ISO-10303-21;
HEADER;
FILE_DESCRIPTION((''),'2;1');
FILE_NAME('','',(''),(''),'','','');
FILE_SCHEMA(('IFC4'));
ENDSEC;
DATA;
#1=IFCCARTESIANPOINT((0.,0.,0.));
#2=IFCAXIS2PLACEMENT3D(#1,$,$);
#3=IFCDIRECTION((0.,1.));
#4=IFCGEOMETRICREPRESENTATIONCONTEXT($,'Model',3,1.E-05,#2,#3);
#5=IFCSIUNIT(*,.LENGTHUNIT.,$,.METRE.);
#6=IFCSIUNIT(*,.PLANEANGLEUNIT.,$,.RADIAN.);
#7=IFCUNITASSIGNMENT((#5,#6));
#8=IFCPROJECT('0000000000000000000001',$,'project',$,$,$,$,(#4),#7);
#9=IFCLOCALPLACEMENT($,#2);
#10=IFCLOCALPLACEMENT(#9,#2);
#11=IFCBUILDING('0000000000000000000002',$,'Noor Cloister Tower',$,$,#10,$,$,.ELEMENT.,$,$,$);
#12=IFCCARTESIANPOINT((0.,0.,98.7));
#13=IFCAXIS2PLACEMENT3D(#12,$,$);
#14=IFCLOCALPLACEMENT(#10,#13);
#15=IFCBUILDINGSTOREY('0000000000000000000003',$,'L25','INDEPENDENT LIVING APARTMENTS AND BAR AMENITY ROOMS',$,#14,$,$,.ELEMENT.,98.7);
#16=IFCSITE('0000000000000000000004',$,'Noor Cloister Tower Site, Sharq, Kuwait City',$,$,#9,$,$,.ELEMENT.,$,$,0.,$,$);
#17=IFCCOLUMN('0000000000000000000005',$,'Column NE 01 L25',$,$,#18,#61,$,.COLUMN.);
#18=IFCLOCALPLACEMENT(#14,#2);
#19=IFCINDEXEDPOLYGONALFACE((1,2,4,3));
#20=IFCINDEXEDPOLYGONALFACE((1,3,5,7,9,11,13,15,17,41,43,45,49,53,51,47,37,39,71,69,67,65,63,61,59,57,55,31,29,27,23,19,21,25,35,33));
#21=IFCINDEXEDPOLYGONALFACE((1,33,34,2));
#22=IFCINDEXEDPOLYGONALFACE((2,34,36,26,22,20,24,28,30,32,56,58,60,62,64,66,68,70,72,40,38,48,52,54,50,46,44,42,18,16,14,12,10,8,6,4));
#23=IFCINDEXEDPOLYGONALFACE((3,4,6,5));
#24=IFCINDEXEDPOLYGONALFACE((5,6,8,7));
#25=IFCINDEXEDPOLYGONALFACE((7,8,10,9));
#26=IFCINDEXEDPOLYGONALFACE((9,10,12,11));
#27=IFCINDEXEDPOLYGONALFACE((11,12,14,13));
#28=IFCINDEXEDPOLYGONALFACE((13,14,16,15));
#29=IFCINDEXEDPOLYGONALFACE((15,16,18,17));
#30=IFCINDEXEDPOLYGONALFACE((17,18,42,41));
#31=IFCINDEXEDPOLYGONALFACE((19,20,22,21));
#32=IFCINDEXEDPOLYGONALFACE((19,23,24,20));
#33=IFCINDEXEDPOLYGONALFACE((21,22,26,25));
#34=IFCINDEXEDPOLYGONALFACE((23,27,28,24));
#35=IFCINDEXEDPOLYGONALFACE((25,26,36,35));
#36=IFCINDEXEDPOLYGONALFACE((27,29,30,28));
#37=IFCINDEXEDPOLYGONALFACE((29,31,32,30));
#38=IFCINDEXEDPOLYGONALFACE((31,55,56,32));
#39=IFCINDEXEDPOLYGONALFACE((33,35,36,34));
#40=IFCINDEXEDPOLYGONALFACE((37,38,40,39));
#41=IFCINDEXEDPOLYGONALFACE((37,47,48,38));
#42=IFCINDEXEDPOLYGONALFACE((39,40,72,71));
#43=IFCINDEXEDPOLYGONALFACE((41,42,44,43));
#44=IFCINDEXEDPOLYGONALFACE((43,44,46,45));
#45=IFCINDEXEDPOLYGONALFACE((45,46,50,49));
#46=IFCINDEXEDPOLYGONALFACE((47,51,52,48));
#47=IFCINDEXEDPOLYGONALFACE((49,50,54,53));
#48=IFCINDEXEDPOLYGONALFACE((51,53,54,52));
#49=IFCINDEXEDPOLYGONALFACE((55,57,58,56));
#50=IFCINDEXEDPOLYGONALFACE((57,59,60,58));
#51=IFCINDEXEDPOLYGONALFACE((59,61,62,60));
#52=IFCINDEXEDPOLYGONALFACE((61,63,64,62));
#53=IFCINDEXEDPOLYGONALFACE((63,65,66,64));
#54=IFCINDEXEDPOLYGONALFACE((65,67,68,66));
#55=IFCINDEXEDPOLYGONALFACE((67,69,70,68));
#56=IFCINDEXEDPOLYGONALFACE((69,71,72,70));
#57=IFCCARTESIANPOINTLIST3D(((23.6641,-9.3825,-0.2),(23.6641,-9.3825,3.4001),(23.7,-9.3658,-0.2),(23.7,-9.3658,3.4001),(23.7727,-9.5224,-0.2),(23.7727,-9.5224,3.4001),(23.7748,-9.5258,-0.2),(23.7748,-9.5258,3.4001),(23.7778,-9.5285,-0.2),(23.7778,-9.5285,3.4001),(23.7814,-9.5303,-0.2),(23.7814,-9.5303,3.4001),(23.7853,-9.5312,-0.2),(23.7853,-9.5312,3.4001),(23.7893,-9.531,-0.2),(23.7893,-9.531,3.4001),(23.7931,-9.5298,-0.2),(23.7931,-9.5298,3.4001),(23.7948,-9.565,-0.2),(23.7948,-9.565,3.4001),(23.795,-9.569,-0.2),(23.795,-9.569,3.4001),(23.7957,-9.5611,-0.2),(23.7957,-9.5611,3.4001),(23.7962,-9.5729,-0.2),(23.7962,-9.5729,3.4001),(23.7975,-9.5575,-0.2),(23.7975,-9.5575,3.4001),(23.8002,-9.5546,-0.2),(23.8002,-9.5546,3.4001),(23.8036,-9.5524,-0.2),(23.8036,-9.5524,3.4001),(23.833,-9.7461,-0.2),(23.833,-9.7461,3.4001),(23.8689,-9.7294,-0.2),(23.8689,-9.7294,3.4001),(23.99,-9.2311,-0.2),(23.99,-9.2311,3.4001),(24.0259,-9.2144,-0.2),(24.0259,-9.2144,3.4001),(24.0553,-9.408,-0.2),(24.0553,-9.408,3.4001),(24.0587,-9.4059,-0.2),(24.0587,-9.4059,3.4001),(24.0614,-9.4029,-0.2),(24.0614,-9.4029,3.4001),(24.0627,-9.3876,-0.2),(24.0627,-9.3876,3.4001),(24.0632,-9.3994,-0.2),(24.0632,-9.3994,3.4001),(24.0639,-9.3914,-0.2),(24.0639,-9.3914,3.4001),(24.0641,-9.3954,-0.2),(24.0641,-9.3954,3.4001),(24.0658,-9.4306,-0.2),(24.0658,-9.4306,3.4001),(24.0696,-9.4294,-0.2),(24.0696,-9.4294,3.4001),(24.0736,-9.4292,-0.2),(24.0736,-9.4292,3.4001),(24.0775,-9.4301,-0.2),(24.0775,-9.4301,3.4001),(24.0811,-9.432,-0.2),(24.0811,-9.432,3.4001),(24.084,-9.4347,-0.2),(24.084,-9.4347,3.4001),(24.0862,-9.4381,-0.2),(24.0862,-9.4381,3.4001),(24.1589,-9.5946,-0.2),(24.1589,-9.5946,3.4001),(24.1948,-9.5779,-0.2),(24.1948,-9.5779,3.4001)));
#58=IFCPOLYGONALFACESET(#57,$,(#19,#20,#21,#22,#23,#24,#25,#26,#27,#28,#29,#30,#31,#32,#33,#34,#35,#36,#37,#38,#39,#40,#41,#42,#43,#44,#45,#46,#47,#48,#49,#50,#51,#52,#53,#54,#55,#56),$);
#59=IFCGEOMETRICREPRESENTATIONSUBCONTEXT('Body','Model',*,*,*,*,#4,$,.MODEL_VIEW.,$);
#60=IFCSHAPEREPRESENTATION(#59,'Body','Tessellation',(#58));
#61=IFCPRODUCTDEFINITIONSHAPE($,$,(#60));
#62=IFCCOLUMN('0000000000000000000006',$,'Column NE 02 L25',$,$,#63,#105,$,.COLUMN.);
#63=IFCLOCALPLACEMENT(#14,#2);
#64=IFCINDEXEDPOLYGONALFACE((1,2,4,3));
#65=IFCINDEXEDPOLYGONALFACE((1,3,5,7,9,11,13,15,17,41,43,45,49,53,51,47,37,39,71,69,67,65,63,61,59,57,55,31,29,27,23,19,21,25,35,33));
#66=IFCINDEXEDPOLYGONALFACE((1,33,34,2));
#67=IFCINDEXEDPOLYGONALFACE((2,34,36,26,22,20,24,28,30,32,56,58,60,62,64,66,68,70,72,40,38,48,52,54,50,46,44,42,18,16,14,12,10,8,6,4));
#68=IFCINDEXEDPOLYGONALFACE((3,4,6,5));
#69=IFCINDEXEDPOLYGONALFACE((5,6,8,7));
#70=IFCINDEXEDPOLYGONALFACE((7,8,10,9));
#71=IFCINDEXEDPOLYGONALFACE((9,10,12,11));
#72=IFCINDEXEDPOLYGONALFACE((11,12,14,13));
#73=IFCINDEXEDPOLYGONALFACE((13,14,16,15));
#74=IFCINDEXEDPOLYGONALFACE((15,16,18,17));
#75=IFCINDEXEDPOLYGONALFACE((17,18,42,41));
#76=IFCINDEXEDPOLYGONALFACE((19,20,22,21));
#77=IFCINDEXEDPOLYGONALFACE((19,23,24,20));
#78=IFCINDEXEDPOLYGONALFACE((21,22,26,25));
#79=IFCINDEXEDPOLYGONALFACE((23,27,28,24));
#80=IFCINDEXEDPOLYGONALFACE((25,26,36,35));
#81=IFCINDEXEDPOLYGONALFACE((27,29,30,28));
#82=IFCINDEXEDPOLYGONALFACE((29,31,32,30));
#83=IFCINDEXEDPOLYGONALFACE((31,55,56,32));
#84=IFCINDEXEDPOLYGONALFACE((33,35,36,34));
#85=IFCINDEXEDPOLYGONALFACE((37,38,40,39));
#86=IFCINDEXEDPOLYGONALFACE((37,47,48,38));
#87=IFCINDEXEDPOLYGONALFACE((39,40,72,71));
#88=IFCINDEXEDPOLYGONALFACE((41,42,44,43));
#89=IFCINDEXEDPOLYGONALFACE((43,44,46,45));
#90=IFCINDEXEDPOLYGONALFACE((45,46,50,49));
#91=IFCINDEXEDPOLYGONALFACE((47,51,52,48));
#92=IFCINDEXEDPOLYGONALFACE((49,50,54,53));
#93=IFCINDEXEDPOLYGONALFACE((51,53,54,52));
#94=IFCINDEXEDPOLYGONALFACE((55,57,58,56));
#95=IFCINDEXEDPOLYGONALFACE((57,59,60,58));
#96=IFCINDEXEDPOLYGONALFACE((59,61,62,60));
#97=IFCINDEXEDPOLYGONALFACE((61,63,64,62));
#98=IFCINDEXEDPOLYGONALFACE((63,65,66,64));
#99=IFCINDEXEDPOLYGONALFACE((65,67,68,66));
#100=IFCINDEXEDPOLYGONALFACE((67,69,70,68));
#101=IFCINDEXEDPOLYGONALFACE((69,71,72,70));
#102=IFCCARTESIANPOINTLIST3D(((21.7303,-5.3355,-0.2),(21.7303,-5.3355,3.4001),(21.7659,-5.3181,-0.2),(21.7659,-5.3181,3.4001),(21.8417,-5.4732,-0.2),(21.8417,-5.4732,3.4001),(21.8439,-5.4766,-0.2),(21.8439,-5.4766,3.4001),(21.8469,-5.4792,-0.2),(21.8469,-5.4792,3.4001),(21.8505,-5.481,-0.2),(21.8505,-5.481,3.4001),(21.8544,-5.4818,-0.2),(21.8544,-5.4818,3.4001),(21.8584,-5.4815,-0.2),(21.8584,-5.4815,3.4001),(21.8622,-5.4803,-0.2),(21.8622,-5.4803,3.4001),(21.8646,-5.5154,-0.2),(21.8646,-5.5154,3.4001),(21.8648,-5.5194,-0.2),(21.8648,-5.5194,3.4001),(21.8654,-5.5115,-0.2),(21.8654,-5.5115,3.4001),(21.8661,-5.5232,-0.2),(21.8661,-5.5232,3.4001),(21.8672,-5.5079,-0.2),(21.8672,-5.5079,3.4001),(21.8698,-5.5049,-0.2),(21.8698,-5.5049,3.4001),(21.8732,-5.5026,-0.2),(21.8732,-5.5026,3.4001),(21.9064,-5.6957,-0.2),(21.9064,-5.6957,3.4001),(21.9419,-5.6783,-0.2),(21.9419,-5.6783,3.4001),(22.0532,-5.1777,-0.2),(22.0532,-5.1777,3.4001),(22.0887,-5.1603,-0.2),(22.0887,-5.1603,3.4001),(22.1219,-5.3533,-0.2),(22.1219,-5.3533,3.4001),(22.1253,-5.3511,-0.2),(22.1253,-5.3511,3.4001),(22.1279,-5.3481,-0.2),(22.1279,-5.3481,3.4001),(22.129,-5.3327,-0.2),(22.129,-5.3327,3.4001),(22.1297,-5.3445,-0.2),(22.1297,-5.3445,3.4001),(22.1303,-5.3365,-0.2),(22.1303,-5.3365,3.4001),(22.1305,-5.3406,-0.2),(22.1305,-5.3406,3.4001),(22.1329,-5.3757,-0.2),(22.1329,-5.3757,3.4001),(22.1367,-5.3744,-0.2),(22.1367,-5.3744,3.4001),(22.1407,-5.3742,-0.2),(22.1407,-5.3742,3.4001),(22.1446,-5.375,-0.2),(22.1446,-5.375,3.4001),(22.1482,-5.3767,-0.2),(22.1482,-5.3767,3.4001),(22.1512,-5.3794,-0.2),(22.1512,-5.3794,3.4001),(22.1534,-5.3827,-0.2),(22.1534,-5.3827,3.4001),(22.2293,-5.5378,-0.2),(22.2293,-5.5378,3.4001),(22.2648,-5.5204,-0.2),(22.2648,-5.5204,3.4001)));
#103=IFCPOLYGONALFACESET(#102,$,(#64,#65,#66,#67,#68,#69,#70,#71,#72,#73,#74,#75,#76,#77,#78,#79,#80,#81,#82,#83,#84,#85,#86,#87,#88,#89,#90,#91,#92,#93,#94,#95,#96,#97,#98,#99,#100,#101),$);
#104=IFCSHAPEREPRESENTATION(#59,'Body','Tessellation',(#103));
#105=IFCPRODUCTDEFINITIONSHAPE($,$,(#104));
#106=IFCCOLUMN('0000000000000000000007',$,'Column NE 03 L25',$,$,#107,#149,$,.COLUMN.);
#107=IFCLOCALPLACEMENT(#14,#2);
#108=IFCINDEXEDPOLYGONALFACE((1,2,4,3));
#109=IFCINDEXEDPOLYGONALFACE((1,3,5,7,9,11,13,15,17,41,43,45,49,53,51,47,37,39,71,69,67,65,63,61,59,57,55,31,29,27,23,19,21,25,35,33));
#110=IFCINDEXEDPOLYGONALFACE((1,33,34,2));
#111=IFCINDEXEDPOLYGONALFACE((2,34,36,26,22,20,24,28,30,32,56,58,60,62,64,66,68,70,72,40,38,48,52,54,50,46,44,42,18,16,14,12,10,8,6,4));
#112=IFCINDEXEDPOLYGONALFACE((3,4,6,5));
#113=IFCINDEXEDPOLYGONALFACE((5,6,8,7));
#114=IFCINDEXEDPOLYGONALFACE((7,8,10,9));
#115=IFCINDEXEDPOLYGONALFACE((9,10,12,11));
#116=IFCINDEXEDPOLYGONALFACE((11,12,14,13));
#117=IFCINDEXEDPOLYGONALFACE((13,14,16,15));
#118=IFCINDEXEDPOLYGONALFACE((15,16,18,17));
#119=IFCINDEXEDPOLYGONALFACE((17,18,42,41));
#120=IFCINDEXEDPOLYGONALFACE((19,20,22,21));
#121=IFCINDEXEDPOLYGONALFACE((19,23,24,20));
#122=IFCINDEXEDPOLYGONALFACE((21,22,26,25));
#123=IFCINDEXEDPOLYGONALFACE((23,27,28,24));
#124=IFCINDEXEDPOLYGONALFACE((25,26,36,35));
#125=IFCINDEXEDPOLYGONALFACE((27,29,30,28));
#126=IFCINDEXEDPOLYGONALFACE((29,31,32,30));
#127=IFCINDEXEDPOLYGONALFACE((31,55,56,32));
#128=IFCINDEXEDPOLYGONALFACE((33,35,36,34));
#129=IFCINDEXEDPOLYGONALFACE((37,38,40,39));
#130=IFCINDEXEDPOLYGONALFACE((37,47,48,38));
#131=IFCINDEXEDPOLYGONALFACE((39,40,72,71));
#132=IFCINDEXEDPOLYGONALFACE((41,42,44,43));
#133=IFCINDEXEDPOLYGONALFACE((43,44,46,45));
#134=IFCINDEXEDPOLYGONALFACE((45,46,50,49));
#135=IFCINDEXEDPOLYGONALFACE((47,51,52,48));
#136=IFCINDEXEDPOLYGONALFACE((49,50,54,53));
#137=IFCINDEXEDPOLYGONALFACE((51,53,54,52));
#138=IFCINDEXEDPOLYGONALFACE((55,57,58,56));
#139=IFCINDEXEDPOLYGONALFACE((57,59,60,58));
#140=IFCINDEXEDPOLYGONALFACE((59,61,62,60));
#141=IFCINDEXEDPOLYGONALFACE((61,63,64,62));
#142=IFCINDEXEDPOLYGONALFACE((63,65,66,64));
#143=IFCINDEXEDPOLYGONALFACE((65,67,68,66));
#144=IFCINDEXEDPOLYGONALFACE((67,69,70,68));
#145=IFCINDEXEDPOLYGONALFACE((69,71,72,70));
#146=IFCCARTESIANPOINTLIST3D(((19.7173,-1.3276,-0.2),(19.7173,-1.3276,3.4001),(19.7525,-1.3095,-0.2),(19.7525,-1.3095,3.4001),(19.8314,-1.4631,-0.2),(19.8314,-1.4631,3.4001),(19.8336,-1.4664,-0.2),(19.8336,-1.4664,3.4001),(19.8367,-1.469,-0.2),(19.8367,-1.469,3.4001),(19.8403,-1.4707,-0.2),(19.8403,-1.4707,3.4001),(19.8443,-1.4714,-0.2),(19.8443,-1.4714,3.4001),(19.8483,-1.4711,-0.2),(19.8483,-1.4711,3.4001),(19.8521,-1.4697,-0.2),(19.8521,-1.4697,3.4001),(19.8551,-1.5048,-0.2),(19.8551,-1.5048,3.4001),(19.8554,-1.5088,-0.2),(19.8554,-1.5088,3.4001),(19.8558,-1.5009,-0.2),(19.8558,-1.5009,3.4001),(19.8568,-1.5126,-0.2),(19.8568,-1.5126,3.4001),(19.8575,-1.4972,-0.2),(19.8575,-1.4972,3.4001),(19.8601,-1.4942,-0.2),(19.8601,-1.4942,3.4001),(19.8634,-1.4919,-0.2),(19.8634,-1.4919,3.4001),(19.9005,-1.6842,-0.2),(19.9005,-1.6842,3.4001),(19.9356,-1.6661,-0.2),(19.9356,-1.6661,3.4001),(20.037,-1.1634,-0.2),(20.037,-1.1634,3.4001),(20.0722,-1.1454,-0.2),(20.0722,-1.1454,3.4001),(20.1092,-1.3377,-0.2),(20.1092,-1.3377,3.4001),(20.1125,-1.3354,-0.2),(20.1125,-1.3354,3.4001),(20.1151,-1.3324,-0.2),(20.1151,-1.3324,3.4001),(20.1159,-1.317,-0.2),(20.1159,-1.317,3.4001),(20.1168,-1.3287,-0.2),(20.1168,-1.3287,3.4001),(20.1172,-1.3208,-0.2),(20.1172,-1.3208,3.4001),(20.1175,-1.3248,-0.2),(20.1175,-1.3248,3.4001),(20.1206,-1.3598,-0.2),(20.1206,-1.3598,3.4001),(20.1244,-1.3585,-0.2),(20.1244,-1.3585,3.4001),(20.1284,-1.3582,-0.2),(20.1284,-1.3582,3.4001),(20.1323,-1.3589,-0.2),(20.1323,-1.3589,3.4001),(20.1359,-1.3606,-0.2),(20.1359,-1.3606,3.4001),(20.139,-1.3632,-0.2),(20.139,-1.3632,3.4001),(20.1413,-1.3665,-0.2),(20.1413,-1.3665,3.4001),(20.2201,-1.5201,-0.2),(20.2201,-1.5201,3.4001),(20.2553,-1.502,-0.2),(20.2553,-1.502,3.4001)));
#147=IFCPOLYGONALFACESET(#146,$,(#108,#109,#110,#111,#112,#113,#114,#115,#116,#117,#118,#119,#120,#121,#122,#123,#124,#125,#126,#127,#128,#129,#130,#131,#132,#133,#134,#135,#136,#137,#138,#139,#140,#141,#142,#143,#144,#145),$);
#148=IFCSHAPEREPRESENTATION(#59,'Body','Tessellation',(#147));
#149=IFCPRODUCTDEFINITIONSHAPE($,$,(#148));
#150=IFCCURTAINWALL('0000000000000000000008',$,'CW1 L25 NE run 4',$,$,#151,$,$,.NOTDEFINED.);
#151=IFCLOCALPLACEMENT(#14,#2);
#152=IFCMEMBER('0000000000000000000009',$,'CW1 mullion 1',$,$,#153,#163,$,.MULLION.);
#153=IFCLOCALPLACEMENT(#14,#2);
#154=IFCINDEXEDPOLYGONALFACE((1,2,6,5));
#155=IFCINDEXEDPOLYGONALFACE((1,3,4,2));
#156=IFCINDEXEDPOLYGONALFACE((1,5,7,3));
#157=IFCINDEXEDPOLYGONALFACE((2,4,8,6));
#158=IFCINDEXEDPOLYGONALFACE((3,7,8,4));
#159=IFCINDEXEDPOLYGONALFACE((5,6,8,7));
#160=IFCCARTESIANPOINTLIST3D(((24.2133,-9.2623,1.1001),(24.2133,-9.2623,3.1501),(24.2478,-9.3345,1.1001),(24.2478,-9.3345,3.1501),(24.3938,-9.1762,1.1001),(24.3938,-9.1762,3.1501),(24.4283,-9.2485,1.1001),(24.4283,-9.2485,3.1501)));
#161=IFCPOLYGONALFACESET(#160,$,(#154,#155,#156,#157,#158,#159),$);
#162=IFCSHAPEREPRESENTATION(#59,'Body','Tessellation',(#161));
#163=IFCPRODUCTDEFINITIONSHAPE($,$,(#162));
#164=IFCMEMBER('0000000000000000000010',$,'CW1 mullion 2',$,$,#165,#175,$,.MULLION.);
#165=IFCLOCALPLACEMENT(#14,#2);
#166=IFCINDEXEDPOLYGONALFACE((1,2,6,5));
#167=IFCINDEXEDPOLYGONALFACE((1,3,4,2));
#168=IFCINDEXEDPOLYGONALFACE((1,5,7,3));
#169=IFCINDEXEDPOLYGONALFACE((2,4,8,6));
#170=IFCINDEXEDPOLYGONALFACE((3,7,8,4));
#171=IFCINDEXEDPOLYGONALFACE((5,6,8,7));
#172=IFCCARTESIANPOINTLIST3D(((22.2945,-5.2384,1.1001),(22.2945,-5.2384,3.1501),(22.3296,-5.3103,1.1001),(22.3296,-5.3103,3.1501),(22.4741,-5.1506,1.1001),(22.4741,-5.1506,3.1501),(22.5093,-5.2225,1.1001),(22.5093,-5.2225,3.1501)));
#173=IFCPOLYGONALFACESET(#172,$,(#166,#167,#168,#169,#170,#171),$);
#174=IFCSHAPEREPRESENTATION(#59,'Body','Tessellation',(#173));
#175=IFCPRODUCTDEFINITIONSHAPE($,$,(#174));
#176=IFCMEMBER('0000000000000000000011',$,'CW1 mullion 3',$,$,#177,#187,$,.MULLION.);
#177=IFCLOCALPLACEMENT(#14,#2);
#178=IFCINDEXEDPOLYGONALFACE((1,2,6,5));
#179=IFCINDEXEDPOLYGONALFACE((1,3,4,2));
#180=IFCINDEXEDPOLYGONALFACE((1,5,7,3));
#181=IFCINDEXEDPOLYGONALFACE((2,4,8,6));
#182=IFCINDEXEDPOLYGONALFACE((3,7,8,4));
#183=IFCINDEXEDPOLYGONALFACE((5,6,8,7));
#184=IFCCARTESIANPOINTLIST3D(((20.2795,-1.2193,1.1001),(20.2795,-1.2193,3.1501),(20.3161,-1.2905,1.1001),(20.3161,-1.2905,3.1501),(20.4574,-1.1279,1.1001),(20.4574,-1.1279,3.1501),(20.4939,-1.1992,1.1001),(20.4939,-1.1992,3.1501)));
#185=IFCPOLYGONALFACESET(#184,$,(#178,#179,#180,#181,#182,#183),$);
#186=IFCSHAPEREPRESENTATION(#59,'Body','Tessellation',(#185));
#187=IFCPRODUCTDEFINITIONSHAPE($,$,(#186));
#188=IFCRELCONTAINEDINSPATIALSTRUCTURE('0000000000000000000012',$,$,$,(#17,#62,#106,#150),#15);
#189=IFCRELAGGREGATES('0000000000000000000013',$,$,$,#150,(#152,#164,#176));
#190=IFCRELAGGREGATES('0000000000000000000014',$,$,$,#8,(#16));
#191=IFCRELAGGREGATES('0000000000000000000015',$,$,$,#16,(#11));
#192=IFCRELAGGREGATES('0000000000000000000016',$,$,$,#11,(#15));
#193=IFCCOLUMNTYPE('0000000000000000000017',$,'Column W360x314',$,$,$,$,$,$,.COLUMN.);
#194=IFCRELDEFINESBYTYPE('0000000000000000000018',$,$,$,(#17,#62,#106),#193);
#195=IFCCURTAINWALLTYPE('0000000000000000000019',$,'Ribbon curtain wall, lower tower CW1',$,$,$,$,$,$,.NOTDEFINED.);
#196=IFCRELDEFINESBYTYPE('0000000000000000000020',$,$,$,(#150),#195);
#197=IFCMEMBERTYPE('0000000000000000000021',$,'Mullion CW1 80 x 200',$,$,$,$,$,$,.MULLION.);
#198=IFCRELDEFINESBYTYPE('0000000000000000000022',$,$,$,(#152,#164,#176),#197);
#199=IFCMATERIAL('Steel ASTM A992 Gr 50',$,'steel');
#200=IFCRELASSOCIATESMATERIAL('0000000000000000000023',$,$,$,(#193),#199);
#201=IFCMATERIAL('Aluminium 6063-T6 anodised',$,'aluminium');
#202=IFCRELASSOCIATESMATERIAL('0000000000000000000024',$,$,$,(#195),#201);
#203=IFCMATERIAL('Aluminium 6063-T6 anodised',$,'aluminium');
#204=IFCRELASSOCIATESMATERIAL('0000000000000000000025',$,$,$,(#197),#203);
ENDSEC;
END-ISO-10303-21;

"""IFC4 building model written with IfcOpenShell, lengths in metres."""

from ifc_helpers import new_model, si_unit, direction, frame, origin, origin_2d, place, context, subcontext, project, spatial, rectangle, i_section, extrude, material, material_profile, profile_set, type_object, element, aggregate, save


model = new_model("IFC4")

# Units and contexts
model_context = context("Model", 3, precision=1e-05, world=origin(), true_north=direction((0.0, 1.0)))
body_context = subcontext(model_context, "Body", "Model", "MODEL_VIEW")
ifc_project = project(units=[si_unit("LENGTHUNIT", "METRE"), si_unit("PLANEANGLEUNIT", "RADIAN")], contexts=[model_context])

# Site, building, storey
site_placement = place(None, origin())
site = spatial("IfcSite", under=ifc_project, at=site_placement, Name="Noor Cloister Tower Site, Sharq, Kuwait City", CompositionType="ELEMENT", RefElevation=0.0)
building_placement = place(site_placement, origin())
building = spatial("IfcBuilding", under=site, at=building_placement, Name="Noor Cloister Tower", CompositionType="ELEMENT")
storey_placement = place(building_placement, frame((0.0, 0.0, 98.7)))
storey = spatial("IfcBuildingStorey", under=building, at=storey_placement, Name="L25", Description="INDEPENDENT LIVING APARTMENTS AND BAR AMENITY ROOMS", CompositionType="ELEMENT", Elevation=98.7)

# Columns
ifc_material_1 = material(Name="Steel ASTM A992 Gr 50", Category="steel")
ifc_material_profile_1 = material_profile(ifc_material_1, i_section(OverallWidth=0.4009, OverallDepth=0.3989, WebThickness=0.0249, FlangeThickness=0.0396, FilletRadius=0.0154, at=origin_2d()), Name="W360x314")
ifc_profile_set_1 = profile_set([ifc_material_profile_1], Name="Steel ASTM A992 Gr 50")
column_type = type_object("IfcColumnType", Name="Column W360x314", PredefinedType="COLUMN", material=ifc_profile_set_1)
for number, where, z_axis, x_axis, name in (
    (1, (23.9294, -9.4802, -0.2), (0.0, 0.0, 1.0), (-0.421432, 0.90686, 0.0), "Column NE 01 L25"),
    (2, (21.9976, -5.428, -0.2), (0.0, 0.0, 1.0), (-0.439199, 0.89839, 0.0), "Column NE 02 L25"),
    (3, (19.9863, -1.4148, -0.2), (0.0, 0.0, 1.0), (-0.456796, 0.889571, 0.0), "Column NE 03 L25"),
):
    element("IfcColumn", number, at=place(storey_placement, frame(where, z_axis=z_axis, x_axis=x_axis)), inside=storey, type_object=column_type, Name=name, PredefinedType="COLUMN", context=body_context, shape_type="SweptSolid", body=[
        extrude(i_section(OverallWidth=0.4009, OverallDepth=0.3989, WebThickness=0.0249, FlangeThickness=0.0396, FilletRadius=0.0154, at=origin_2d()), origin(), (0.0, 0.0, 1.0), 3.6001),
    ])

# Curtain wall, members
ifc_material_2 = material(Name="Aluminium 6063-T6 anodised", Category="aluminium")
curtain_wall_type = type_object("IfcCurtainWallType", Name="Ribbon curtain wall, lower tower CW1", PredefinedType="NOTDEFINED", material=ifc_material_2)
curtain_wall_placement = place(storey_placement, origin())
curtain_wall = element("IfcCurtainWall", 4, at=curtain_wall_placement, inside=storey, type_object=curtain_wall_type, Name="CW1 L25 NE run 4", PredefinedType="NOTDEFINED")
ifc_material_3 = material(Name="Aluminium 6063-T6 anodised", Category="aluminium")
ifc_material_profile_2 = material_profile(ifc_material_3, rectangle(XDim=0.2, YDim=0.0801, at=origin_2d()), Name="200 x 80 mullion")
ifc_profile_set_2 = profile_set([ifc_material_profile_2], Name="Aluminium 6063-T6 anodised")
member_type = type_object("IfcMemberType", Name="Mullion CW1 80 x 200", PredefinedType="MULLION", material=ifc_profile_set_2)
member_1_placement = place(storey_placement, frame((24.3208, -9.2554, 1.1001), z_axis=(0.0, 0.0, 1.0), x_axis=(-0.902668, -0.430337, 0.0)))
member_1 = element("IfcMember", 5, at=member_1_placement, type_object=member_type, Name="CW1 mullion 1", PredefinedType="MULLION", context=body_context, shape_type="SweptSolid", body=[
    extrude(rectangle(XDim=0.2, YDim=0.0801, at=origin_2d()), origin(), (0.0, 0.0, 1.0), 2.05),
])
member_2_placement = place(storey_placement, frame((22.4019, -5.2305, 1.1001), z_axis=(0.0, 0.0, 1.0), x_axis=(-0.89839, -0.439199, 0.0)))
member_2 = element("IfcMember", 6, at=member_2_placement, type_object=member_type, Name="CW1 mullion 2", PredefinedType="MULLION", context=body_context, shape_type="SweptSolid", body=[
    extrude(rectangle(XDim=0.2, YDim=0.0801, at=origin_2d()), origin(), (0.0, 0.0, 1.0), 2.05),
])
member_3_placement = place(storey_placement, frame((20.3867, -1.2092, 1.1001), z_axis=(0.0, 0.0, 1.0), x_axis=(-0.889571, -0.456796, 0.0)))
member_3 = element("IfcMember", 7, at=member_3_placement, type_object=member_type, Name="CW1 mullion 3", PredefinedType="MULLION", context=body_context, shape_type="SweptSolid", body=[
    extrude(rectangle(XDim=0.2, YDim=0.0801, at=origin_2d()), origin(), (0.0, 0.0, 1.0), 2.05),
])

aggregate(curtain_wall, [member_1, member_2, member_3])

save(model, "model.ifc")
